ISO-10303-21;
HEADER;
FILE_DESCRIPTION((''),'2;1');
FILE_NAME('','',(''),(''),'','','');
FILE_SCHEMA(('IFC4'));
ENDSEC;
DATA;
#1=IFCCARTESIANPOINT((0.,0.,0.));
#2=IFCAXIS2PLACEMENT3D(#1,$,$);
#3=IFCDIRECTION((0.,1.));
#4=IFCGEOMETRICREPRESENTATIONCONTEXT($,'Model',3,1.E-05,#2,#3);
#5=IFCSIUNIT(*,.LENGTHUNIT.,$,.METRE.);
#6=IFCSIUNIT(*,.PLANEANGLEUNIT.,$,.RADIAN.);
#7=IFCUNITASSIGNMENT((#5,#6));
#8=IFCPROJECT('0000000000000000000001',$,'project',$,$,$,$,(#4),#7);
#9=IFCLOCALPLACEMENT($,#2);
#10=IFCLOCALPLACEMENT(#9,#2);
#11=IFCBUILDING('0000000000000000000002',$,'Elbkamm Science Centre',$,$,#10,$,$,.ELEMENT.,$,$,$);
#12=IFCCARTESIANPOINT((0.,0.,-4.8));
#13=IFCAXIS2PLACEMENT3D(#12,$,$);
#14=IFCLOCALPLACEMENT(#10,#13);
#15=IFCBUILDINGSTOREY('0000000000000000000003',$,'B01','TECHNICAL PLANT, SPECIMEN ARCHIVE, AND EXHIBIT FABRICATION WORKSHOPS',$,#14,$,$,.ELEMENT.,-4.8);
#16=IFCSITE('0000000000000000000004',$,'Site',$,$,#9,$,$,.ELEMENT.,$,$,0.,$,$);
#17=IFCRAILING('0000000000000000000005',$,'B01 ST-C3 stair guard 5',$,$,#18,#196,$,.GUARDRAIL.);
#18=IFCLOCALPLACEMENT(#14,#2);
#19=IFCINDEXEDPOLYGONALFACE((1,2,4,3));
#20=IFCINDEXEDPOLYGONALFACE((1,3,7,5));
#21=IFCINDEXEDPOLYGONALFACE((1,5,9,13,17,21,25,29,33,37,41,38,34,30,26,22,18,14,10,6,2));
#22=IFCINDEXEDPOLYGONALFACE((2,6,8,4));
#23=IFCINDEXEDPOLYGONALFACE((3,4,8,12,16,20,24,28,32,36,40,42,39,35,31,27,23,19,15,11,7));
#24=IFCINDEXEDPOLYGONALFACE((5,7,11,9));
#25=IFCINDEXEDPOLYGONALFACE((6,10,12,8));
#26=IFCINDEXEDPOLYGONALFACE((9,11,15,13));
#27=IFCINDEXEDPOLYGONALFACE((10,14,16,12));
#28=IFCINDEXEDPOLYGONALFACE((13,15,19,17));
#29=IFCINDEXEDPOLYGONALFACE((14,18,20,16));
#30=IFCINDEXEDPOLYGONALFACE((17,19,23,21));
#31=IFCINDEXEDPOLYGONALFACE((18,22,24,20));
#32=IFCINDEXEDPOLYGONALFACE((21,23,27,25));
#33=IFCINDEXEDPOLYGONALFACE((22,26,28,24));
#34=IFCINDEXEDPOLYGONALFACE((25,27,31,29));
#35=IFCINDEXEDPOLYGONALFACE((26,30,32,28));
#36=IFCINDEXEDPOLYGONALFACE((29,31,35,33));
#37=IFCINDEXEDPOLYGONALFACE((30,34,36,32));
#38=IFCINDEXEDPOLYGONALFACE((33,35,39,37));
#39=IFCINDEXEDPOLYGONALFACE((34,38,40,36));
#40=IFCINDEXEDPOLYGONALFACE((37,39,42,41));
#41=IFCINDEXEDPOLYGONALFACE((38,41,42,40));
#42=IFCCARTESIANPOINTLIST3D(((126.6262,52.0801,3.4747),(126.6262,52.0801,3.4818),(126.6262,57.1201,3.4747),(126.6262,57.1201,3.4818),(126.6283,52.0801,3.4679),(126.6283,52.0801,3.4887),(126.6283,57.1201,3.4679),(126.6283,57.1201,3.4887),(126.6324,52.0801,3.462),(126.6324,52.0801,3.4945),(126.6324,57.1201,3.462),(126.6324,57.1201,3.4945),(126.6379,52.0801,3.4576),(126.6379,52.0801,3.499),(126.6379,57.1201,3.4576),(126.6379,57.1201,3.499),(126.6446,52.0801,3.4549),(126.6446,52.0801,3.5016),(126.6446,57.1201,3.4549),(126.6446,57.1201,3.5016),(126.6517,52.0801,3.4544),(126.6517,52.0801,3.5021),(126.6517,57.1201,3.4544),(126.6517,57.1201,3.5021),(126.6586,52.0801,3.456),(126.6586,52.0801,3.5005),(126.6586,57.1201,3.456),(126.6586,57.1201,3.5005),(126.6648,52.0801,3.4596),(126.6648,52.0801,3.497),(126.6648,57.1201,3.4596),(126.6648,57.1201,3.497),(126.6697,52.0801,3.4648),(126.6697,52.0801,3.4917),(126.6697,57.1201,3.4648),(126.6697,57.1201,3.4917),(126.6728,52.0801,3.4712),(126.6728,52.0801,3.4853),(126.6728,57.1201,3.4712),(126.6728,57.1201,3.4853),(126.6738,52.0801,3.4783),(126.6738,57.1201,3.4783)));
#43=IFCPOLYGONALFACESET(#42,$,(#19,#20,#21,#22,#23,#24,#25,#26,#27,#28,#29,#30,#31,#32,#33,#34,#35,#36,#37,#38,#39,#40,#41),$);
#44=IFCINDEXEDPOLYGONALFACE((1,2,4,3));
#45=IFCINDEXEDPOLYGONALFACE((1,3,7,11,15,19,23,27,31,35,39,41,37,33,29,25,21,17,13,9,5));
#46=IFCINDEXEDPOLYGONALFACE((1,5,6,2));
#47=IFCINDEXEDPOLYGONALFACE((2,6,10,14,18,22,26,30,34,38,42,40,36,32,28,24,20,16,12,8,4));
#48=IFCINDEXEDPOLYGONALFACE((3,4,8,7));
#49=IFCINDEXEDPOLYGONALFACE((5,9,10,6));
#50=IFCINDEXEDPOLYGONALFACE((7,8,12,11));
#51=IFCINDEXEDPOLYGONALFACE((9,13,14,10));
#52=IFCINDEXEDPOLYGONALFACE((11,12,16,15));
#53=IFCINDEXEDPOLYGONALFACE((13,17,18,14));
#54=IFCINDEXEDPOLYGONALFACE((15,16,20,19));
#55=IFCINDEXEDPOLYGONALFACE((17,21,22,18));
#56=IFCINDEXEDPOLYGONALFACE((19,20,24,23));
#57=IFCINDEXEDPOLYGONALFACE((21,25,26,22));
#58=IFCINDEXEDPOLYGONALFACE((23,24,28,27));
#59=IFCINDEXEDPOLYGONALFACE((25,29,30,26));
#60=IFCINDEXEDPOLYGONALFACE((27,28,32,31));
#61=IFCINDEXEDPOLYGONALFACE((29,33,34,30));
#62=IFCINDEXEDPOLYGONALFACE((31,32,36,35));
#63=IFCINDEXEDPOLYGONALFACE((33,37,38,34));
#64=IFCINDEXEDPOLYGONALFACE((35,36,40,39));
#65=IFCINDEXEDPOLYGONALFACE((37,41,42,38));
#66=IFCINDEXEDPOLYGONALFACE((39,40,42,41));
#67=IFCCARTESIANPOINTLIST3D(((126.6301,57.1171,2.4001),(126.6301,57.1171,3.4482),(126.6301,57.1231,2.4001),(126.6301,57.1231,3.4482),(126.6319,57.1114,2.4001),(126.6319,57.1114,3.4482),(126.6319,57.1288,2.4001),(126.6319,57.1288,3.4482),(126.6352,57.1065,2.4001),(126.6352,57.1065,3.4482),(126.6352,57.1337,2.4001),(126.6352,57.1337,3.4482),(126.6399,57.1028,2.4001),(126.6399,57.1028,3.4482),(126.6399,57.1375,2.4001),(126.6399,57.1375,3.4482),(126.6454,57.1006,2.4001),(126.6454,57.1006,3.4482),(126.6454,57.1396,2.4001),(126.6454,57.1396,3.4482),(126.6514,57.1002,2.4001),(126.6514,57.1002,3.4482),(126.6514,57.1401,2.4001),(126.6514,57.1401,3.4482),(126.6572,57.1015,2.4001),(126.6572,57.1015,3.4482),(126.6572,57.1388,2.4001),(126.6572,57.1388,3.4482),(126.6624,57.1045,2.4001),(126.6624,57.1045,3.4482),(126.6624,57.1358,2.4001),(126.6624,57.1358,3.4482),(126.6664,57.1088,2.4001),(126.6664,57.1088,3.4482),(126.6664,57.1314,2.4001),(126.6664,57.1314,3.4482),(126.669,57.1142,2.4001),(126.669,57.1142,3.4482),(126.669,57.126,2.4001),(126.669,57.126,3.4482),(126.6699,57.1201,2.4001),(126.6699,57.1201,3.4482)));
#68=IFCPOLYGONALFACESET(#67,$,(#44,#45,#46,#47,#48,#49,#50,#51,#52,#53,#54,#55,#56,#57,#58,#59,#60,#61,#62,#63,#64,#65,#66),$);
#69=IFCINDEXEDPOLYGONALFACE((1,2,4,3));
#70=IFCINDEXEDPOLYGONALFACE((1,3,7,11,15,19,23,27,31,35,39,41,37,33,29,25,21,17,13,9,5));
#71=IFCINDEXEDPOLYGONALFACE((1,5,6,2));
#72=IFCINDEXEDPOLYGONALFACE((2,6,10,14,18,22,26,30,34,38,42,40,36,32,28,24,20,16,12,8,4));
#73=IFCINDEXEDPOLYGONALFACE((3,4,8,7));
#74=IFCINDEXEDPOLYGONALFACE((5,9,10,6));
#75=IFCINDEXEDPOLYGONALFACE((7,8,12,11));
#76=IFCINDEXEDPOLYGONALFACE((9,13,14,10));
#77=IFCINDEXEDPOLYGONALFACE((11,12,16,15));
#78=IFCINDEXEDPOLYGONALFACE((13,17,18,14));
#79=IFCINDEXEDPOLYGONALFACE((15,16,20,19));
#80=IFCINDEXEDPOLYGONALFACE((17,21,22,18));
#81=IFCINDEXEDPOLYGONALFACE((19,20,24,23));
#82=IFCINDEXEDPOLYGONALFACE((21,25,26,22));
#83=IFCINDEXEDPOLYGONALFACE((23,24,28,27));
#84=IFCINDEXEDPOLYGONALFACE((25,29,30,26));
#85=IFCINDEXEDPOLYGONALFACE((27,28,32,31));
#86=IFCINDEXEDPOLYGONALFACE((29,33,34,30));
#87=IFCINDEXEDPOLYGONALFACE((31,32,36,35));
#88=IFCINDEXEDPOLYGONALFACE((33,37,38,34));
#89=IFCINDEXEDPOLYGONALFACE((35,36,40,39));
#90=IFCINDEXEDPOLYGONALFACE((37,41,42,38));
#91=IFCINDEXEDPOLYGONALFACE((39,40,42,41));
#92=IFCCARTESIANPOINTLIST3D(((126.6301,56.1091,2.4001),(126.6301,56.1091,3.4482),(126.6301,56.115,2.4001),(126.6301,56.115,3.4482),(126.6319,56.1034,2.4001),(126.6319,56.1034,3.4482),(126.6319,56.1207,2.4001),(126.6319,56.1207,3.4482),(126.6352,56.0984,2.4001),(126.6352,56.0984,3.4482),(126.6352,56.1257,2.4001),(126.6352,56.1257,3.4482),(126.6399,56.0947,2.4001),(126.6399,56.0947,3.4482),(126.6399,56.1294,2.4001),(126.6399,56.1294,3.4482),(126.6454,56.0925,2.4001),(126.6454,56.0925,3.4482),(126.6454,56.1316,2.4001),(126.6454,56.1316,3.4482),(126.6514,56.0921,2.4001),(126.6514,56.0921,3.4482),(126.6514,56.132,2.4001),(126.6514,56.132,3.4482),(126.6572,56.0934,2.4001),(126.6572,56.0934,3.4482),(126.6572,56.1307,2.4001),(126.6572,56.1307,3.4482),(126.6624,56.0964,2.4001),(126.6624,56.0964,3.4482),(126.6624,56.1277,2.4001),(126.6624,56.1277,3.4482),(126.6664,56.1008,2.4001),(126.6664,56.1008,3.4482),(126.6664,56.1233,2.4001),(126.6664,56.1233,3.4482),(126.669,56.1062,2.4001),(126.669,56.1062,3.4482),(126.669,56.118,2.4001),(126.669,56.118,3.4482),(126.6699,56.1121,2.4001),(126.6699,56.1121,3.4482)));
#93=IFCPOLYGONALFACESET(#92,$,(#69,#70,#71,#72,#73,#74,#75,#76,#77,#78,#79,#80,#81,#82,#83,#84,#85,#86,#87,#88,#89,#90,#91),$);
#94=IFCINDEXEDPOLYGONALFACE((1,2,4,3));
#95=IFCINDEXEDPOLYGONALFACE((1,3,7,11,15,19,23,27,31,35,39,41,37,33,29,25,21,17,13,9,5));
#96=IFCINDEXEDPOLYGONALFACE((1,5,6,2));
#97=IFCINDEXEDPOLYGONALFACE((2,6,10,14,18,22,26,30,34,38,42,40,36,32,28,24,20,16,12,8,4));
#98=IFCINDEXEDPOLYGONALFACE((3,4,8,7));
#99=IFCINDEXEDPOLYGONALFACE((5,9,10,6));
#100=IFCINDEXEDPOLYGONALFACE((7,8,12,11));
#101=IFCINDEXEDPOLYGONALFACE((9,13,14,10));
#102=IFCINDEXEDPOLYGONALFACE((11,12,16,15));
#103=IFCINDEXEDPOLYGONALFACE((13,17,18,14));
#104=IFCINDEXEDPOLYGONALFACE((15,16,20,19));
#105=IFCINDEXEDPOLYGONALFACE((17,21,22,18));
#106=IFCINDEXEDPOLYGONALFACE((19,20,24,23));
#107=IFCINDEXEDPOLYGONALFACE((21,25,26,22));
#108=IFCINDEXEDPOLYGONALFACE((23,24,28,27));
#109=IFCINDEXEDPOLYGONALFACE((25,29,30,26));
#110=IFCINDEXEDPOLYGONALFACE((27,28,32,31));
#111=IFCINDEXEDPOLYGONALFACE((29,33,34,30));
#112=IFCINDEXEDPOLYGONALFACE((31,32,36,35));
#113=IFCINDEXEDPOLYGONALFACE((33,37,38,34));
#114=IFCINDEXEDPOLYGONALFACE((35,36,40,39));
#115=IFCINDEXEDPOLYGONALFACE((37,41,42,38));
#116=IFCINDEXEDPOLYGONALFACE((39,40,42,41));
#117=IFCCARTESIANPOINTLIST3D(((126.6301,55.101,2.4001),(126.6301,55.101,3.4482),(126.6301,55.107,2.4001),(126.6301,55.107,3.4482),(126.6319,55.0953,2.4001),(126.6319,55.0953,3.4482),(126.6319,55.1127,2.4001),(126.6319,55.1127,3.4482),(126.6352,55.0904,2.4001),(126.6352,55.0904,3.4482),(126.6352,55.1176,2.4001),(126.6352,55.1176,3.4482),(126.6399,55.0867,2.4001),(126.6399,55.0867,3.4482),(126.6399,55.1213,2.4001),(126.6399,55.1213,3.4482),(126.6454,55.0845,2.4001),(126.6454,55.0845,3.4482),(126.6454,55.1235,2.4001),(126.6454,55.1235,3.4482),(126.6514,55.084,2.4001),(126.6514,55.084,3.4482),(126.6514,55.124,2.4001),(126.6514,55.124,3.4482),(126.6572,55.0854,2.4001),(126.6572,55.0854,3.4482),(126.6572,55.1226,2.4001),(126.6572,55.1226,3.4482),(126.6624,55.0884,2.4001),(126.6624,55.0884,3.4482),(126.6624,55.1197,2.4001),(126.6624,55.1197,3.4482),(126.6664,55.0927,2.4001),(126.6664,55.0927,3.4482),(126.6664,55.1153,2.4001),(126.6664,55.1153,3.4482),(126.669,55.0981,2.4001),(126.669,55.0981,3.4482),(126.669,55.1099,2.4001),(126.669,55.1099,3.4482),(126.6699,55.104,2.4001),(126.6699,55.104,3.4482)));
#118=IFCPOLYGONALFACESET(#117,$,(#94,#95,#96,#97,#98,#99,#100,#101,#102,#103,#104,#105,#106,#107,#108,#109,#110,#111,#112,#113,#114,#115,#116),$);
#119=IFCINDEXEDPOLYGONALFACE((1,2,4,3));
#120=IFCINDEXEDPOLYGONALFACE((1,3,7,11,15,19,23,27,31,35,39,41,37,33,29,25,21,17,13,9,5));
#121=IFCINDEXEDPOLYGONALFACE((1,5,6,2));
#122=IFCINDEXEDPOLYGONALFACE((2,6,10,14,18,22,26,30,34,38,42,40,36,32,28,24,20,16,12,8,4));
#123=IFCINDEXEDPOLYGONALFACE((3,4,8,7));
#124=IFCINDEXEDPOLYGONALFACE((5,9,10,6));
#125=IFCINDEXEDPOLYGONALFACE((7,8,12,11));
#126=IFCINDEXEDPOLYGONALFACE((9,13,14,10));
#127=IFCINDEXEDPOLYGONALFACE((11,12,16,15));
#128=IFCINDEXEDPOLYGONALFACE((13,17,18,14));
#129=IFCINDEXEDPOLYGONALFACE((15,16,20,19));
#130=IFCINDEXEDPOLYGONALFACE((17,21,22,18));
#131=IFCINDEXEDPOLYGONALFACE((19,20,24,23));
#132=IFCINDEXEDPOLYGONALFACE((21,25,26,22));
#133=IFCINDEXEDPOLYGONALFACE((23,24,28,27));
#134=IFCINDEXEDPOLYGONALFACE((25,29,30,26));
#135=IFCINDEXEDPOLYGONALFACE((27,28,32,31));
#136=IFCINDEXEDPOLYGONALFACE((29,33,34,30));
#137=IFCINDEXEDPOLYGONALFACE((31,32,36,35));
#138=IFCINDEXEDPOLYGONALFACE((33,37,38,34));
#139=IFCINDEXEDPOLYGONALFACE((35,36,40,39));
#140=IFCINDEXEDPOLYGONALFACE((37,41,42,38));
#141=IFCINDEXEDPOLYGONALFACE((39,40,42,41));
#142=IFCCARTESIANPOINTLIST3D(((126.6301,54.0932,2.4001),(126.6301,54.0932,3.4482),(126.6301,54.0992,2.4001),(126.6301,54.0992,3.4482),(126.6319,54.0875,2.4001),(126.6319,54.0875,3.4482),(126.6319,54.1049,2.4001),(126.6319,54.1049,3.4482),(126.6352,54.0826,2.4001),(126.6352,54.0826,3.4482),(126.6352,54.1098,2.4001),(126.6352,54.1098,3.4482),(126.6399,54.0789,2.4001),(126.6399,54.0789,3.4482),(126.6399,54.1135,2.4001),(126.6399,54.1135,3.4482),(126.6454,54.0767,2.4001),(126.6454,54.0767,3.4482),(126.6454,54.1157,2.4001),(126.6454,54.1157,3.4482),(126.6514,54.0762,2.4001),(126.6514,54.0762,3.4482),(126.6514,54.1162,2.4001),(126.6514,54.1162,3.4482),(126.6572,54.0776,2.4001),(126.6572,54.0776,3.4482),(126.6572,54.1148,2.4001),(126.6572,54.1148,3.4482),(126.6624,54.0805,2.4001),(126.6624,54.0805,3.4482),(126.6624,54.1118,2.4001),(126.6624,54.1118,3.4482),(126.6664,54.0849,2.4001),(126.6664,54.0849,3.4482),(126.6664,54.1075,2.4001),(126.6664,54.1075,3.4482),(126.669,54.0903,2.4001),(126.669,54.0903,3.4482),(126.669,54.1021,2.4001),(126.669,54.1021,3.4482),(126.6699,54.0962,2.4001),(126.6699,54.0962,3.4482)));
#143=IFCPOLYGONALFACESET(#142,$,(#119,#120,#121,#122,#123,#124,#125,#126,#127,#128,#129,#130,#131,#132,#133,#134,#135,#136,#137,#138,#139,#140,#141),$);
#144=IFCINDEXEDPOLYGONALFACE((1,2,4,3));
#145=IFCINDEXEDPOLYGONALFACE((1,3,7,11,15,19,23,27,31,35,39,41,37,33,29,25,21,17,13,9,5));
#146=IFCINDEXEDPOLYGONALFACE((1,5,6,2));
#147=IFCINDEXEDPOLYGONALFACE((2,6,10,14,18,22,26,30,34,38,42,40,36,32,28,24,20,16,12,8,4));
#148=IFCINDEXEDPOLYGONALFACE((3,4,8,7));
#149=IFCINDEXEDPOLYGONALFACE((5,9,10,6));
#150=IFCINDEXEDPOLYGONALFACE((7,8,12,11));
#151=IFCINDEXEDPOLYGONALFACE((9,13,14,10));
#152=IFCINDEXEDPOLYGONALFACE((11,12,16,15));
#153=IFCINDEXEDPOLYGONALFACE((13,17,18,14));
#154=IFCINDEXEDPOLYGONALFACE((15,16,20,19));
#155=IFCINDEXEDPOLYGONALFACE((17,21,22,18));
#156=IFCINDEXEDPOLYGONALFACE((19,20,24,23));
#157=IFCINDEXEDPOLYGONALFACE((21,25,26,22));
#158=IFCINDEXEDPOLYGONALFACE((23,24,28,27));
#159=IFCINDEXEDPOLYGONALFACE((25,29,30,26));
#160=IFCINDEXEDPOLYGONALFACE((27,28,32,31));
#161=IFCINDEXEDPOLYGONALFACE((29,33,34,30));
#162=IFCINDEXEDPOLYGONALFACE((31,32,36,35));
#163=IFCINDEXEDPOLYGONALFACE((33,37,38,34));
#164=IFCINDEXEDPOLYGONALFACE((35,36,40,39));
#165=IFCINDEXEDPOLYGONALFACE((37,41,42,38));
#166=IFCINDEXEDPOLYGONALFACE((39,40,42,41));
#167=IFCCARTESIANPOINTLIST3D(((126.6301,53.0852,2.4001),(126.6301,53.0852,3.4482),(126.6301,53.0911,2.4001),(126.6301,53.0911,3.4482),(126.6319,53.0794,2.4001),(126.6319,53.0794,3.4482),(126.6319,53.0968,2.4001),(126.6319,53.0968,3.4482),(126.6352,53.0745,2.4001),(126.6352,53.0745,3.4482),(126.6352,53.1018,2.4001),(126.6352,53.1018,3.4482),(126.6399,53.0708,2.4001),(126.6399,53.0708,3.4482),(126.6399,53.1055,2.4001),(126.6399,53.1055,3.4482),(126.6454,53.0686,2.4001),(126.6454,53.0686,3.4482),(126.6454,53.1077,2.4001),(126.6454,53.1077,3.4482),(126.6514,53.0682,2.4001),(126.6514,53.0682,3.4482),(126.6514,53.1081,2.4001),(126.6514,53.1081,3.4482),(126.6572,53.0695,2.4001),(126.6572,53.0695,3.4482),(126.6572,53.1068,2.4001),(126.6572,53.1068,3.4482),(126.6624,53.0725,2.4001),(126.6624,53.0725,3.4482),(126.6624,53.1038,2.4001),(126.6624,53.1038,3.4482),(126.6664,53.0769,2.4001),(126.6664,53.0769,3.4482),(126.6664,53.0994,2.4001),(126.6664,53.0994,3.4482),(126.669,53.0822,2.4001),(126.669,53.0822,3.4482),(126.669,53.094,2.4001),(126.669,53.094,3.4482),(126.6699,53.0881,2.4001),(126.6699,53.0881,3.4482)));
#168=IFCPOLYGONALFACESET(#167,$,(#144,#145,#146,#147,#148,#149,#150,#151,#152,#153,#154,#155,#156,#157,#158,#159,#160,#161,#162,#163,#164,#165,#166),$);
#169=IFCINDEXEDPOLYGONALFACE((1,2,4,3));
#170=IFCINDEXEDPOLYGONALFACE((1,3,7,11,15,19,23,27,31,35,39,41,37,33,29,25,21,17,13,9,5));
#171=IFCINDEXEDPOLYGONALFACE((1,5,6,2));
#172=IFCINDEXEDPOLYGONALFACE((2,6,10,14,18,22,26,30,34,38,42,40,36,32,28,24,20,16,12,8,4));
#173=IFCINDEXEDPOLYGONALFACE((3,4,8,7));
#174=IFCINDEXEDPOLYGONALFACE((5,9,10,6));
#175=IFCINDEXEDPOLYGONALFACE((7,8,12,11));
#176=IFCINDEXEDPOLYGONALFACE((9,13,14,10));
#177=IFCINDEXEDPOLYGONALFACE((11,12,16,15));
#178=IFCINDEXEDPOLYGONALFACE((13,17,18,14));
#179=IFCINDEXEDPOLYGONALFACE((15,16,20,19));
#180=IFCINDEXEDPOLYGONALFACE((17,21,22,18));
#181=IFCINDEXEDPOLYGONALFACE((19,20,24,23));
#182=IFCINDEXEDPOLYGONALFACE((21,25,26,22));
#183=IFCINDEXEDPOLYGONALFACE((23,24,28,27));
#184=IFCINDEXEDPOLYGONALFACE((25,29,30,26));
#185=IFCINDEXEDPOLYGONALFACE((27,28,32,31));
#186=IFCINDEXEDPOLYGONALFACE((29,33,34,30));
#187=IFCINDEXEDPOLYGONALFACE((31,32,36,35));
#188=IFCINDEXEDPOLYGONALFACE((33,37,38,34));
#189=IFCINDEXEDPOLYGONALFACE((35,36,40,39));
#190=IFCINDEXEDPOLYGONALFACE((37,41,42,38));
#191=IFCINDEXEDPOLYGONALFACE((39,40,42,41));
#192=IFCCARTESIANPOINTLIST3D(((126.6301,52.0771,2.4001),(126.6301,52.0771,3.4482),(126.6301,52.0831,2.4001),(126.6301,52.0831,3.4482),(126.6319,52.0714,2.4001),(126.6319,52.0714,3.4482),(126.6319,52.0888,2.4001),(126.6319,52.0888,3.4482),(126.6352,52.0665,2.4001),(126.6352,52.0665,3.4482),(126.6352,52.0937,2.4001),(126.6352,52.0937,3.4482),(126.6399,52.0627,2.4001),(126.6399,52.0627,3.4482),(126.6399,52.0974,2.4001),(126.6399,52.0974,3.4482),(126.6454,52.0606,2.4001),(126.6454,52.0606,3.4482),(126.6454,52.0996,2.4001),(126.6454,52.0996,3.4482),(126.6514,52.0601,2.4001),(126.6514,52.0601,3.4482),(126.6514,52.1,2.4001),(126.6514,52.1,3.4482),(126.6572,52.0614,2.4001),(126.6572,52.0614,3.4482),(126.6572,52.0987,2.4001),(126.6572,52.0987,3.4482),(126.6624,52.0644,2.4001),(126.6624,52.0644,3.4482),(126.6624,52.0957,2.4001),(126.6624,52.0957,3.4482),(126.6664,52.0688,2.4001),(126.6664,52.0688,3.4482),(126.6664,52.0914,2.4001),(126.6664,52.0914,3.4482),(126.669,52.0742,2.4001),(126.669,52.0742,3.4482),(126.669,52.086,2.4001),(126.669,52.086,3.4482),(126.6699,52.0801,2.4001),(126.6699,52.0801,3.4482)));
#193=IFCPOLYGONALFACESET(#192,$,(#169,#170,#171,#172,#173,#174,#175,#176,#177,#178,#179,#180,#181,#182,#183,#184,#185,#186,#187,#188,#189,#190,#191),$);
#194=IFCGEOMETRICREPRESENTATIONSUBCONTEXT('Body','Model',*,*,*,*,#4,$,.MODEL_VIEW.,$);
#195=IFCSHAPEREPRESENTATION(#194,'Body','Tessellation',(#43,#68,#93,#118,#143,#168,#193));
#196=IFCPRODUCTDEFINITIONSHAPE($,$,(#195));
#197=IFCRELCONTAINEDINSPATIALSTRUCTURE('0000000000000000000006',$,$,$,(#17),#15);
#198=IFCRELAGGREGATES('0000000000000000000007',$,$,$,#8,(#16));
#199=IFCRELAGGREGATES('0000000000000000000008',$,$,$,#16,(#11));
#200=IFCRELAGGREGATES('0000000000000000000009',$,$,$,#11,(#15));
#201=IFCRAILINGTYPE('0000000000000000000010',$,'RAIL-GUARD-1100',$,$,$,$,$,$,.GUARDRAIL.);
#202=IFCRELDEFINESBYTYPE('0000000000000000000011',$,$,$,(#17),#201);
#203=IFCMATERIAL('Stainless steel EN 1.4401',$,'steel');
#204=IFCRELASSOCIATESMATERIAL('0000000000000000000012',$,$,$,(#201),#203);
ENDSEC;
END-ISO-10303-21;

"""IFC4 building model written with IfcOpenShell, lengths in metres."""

from ifc_helpers import new_model, si_unit, direction, frame, origin, origin_2d, place, context, subcontext, project, spatial, circle, extrude, material, type_object, element, save


model = new_model("IFC4")

# Units and contexts
model_context = context("Model", 3, precision=1e-05, world=origin(), true_north=direction((0.0, 1.0)))
body_context = subcontext(model_context, "Body", "Model", "MODEL_VIEW")
ifc_project = project(units=[si_unit("LENGTHUNIT", "METRE"), si_unit("PLANEANGLEUNIT", "RADIAN")], contexts=[model_context])

# Site, building, storey
site_placement = place(None, origin())
site = spatial("IfcSite", under=ifc_project, at=site_placement, Name="Site", CompositionType="ELEMENT", RefElevation=0.0)
building_placement = place(site_placement, origin())
building = spatial("IfcBuilding", under=site, at=building_placement, Name="Elbkamm Science Centre", CompositionType="ELEMENT")
storey_placement = place(building_placement, frame((0.0, 0.0, -4.8)))
storey = spatial("IfcBuildingStorey", under=building, at=storey_placement, Name="B01", Description="TECHNICAL PLANT, SPECIMEN ARCHIVE, AND EXHIBIT FABRICATION WORKSHOPS", CompositionType="ELEMENT", Elevation=-4.8)

# Railing
ifc_material_1 = material(Name="Stainless steel EN 1.4401", Category="steel")
railing_type = type_object("IfcRailingType", Name="RAIL-GUARD-1100", PredefinedType="GUARDRAIL", material=ifc_material_1)
railing_placement = place(storey_placement, frame((126.6499, 57.1201, 2.4001)))
element("IfcRailing", 1, at=railing_placement, inside=storey, type_object=railing_type, Name="B01 ST-C3 stair guard 5", PredefinedType="GUARDRAIL", context=body_context, shape_type="SweptSolid", body=[
    extrude(circle(Radius=0.0239, at=origin_2d()), frame((0.0, 0.0, 1.0781), z_axis=(0.0, -1.0, 0.0), x_axis=(1.0, 0.0, 0.0)), (0.0, 0.0, 1.0), 5.04),
    extrude(circle(Radius=0.02, at=origin_2d()), origin(), (0.0, 0.0, 1.0), 1.0481),
    extrude(circle(Radius=0.02, at=origin_2d()), frame((0.0, -1.0081, 0.0)), (0.0, 0.0, 1.0), 1.0481),
    extrude(circle(Radius=0.02, at=origin_2d()), frame((0.0, -2.0161, 0.0)), (0.0, 0.0, 1.0), 1.0481),
    extrude(circle(Radius=0.02, at=origin_2d()), frame((0.0, -3.0239, 0.0)), (0.0, 0.0, 1.0), 1.0481),
    extrude(circle(Radius=0.02, at=origin_2d()), frame((0.0, -4.032, 0.0)), (0.0, 0.0, 1.0), 1.0481),
    extrude(circle(Radius=0.02, at=origin_2d()), frame((0.0, -5.04, 0.0)), (0.0, 0.0, 1.0), 1.0481),
])

save(model, "model.ifc")
